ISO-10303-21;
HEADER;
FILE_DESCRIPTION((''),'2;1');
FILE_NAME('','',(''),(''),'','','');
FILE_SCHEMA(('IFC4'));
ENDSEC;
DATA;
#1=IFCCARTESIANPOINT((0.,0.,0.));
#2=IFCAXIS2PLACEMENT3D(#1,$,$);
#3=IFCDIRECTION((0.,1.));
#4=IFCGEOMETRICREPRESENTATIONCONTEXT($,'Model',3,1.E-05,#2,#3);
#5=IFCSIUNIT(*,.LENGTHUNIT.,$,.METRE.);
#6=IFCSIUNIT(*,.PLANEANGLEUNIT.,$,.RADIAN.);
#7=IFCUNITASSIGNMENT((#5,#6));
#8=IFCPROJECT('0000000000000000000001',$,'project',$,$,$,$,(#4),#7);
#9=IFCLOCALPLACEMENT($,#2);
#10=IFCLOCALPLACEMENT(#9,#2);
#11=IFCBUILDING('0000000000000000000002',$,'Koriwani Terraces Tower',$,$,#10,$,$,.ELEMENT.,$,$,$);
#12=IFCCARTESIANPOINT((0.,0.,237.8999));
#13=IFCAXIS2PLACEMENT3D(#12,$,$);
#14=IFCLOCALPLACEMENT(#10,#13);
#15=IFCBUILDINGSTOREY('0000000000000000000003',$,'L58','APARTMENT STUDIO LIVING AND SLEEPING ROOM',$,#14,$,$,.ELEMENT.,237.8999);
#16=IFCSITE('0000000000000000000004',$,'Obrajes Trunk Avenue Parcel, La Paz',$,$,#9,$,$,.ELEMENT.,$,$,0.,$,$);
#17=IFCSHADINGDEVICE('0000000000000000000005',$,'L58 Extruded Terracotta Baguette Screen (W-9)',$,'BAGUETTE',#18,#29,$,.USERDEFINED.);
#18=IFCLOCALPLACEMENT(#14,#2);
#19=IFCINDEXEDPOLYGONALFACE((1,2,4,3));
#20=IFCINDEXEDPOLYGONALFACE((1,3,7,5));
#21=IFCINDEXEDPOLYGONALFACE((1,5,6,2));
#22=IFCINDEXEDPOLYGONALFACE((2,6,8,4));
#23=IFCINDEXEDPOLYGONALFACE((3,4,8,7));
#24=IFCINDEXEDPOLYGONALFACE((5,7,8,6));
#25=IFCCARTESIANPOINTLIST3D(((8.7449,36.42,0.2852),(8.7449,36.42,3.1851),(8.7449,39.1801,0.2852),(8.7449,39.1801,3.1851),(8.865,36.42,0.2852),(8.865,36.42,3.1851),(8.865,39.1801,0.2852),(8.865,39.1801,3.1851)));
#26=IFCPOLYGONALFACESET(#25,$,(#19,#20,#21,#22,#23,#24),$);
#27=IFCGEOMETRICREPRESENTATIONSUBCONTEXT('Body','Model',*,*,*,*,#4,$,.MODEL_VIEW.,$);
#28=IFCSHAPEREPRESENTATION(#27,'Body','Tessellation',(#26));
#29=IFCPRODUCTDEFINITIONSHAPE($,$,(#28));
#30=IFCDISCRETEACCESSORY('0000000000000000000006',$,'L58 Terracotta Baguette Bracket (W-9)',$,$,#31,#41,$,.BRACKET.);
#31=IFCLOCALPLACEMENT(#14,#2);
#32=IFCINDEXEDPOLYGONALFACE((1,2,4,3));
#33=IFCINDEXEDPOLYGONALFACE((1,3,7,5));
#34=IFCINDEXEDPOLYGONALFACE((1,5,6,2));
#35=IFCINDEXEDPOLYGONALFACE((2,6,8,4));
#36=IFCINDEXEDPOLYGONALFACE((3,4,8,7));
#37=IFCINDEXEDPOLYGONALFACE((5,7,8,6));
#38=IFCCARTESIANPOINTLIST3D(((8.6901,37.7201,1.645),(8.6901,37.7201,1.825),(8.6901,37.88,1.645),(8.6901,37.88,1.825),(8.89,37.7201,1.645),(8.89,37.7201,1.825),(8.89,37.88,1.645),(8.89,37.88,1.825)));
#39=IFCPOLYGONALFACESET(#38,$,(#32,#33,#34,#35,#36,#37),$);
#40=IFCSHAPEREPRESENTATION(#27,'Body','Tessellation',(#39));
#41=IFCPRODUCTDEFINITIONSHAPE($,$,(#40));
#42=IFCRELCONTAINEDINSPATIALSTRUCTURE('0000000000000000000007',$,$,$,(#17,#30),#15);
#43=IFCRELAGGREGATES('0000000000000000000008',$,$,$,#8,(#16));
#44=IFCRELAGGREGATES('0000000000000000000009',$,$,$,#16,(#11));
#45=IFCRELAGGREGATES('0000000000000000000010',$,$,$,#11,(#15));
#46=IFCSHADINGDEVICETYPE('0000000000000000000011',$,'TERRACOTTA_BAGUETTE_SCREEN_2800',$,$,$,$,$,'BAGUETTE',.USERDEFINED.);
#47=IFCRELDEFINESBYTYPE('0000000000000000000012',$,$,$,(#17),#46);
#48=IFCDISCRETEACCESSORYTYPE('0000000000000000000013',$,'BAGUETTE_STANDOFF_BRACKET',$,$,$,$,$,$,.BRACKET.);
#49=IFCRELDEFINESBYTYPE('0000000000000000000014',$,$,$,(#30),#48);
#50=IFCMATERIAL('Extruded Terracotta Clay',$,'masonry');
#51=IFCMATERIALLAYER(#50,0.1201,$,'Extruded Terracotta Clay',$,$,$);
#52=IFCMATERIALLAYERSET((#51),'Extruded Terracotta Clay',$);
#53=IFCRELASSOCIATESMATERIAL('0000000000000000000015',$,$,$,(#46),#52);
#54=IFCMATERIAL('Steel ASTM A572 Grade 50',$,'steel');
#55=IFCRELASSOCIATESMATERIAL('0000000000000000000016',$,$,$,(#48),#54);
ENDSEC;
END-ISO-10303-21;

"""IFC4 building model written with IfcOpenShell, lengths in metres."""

from ifc_helpers import new_model, si_unit, direction, frame, origin, origin_2d, place, context, subcontext, project, spatial, rectangle, extrude, material, layer, layer_set, type_object, element, save


model = new_model("IFC4")

# Units and contexts
model_context = context("Model", 3, precision=1e-05, world=origin(), true_north=direction((0.0, 1.0)))
body_context = subcontext(model_context, "Body", "Model", "MODEL_VIEW")
ifc_project = project(units=[si_unit("LENGTHUNIT", "METRE"), si_unit("PLANEANGLEUNIT", "RADIAN")], contexts=[model_context])

# Site, building, storey
site_placement = place(None, origin())
site = spatial("IfcSite", under=ifc_project, at=site_placement, Name="Obrajes Trunk Avenue Parcel, La Paz", CompositionType="ELEMENT", RefElevation=0.0)
building_placement = place(site_placement, origin())
building = spatial("IfcBuilding", under=site, at=building_placement, Name="Koriwani Terraces Tower", CompositionType="ELEMENT")
storey_placement = place(building_placement, frame((0.0, 0.0, 237.8999)))
storey = spatial("IfcBuildingStorey", under=building, at=storey_placement, Name="L58", Description="APARTMENT STUDIO LIVING AND SLEEPING ROOM", CompositionType="ELEMENT", Elevation=237.8999)

# Shared definitions
ifc_material_1 = material(Name="Steel ASTM A572 Grade 50", Category="steel")

# Shading device
ifc_material_2 = material(Name="Extruded Terracotta Clay", Category="masonry")
ifc_layer_1 = layer(ifc_material_2, 0.1201, Name="Extruded Terracotta Clay")
ifc_layer_set_1 = layer_set([ifc_layer_1], Name="Extruded Terracotta Clay")
shading_device_type = type_object("IfcShadingDeviceType", Name="TERRACOTTA_BAGUETTE_SCREEN_2800", ElementType="BAGUETTE", PredefinedType="USERDEFINED", material=ifc_layer_set_1)
shading_device_placement = place(storey_placement, frame((8.8049, 37.8, 0.2852), z_axis=(0.0, 0.0, 1.0), x_axis=(0.0, 1.0, 0.0)))
element("IfcShadingDevice", 1, at=shading_device_placement, inside=storey, type_object=shading_device_type, Name="L58 Extruded Terracotta Baguette Screen (W-9)", ObjectType="BAGUETTE", PredefinedType="USERDEFINED", context=body_context, shape_type="SweptSolid", body=[
    extrude(rectangle(XDim=2.76, YDim=0.1201, at=origin_2d()), origin(), (0.0, 0.0, 1.0), 2.8999),
])

# Discrete accessory
discrete_accessory_type = type_object("IfcDiscreteAccessoryType", Name="BAGUETTE_STANDOFF_BRACKET", PredefinedType="BRACKET", material=ifc_material_1)
discrete_accessory_placement = place(storey_placement, frame((8.79, 37.8, 1.645), z_axis=(0.0, 0.0, 1.0), x_axis=(0.0, 1.0, 0.0)))
element("IfcDiscreteAccessory", 2, at=discrete_accessory_placement, inside=storey, type_object=discrete_accessory_type, Name="L58 Terracotta Baguette Bracket (W-9)", PredefinedType="BRACKET", context=body_context, shape_type="SweptSolid", body=[
    extrude(rectangle(XDim=0.1599, YDim=0.2, at=origin_2d()), origin(), (0.0, 0.0, 1.0), 0.1799),
])

save(model, "model.ifc")
